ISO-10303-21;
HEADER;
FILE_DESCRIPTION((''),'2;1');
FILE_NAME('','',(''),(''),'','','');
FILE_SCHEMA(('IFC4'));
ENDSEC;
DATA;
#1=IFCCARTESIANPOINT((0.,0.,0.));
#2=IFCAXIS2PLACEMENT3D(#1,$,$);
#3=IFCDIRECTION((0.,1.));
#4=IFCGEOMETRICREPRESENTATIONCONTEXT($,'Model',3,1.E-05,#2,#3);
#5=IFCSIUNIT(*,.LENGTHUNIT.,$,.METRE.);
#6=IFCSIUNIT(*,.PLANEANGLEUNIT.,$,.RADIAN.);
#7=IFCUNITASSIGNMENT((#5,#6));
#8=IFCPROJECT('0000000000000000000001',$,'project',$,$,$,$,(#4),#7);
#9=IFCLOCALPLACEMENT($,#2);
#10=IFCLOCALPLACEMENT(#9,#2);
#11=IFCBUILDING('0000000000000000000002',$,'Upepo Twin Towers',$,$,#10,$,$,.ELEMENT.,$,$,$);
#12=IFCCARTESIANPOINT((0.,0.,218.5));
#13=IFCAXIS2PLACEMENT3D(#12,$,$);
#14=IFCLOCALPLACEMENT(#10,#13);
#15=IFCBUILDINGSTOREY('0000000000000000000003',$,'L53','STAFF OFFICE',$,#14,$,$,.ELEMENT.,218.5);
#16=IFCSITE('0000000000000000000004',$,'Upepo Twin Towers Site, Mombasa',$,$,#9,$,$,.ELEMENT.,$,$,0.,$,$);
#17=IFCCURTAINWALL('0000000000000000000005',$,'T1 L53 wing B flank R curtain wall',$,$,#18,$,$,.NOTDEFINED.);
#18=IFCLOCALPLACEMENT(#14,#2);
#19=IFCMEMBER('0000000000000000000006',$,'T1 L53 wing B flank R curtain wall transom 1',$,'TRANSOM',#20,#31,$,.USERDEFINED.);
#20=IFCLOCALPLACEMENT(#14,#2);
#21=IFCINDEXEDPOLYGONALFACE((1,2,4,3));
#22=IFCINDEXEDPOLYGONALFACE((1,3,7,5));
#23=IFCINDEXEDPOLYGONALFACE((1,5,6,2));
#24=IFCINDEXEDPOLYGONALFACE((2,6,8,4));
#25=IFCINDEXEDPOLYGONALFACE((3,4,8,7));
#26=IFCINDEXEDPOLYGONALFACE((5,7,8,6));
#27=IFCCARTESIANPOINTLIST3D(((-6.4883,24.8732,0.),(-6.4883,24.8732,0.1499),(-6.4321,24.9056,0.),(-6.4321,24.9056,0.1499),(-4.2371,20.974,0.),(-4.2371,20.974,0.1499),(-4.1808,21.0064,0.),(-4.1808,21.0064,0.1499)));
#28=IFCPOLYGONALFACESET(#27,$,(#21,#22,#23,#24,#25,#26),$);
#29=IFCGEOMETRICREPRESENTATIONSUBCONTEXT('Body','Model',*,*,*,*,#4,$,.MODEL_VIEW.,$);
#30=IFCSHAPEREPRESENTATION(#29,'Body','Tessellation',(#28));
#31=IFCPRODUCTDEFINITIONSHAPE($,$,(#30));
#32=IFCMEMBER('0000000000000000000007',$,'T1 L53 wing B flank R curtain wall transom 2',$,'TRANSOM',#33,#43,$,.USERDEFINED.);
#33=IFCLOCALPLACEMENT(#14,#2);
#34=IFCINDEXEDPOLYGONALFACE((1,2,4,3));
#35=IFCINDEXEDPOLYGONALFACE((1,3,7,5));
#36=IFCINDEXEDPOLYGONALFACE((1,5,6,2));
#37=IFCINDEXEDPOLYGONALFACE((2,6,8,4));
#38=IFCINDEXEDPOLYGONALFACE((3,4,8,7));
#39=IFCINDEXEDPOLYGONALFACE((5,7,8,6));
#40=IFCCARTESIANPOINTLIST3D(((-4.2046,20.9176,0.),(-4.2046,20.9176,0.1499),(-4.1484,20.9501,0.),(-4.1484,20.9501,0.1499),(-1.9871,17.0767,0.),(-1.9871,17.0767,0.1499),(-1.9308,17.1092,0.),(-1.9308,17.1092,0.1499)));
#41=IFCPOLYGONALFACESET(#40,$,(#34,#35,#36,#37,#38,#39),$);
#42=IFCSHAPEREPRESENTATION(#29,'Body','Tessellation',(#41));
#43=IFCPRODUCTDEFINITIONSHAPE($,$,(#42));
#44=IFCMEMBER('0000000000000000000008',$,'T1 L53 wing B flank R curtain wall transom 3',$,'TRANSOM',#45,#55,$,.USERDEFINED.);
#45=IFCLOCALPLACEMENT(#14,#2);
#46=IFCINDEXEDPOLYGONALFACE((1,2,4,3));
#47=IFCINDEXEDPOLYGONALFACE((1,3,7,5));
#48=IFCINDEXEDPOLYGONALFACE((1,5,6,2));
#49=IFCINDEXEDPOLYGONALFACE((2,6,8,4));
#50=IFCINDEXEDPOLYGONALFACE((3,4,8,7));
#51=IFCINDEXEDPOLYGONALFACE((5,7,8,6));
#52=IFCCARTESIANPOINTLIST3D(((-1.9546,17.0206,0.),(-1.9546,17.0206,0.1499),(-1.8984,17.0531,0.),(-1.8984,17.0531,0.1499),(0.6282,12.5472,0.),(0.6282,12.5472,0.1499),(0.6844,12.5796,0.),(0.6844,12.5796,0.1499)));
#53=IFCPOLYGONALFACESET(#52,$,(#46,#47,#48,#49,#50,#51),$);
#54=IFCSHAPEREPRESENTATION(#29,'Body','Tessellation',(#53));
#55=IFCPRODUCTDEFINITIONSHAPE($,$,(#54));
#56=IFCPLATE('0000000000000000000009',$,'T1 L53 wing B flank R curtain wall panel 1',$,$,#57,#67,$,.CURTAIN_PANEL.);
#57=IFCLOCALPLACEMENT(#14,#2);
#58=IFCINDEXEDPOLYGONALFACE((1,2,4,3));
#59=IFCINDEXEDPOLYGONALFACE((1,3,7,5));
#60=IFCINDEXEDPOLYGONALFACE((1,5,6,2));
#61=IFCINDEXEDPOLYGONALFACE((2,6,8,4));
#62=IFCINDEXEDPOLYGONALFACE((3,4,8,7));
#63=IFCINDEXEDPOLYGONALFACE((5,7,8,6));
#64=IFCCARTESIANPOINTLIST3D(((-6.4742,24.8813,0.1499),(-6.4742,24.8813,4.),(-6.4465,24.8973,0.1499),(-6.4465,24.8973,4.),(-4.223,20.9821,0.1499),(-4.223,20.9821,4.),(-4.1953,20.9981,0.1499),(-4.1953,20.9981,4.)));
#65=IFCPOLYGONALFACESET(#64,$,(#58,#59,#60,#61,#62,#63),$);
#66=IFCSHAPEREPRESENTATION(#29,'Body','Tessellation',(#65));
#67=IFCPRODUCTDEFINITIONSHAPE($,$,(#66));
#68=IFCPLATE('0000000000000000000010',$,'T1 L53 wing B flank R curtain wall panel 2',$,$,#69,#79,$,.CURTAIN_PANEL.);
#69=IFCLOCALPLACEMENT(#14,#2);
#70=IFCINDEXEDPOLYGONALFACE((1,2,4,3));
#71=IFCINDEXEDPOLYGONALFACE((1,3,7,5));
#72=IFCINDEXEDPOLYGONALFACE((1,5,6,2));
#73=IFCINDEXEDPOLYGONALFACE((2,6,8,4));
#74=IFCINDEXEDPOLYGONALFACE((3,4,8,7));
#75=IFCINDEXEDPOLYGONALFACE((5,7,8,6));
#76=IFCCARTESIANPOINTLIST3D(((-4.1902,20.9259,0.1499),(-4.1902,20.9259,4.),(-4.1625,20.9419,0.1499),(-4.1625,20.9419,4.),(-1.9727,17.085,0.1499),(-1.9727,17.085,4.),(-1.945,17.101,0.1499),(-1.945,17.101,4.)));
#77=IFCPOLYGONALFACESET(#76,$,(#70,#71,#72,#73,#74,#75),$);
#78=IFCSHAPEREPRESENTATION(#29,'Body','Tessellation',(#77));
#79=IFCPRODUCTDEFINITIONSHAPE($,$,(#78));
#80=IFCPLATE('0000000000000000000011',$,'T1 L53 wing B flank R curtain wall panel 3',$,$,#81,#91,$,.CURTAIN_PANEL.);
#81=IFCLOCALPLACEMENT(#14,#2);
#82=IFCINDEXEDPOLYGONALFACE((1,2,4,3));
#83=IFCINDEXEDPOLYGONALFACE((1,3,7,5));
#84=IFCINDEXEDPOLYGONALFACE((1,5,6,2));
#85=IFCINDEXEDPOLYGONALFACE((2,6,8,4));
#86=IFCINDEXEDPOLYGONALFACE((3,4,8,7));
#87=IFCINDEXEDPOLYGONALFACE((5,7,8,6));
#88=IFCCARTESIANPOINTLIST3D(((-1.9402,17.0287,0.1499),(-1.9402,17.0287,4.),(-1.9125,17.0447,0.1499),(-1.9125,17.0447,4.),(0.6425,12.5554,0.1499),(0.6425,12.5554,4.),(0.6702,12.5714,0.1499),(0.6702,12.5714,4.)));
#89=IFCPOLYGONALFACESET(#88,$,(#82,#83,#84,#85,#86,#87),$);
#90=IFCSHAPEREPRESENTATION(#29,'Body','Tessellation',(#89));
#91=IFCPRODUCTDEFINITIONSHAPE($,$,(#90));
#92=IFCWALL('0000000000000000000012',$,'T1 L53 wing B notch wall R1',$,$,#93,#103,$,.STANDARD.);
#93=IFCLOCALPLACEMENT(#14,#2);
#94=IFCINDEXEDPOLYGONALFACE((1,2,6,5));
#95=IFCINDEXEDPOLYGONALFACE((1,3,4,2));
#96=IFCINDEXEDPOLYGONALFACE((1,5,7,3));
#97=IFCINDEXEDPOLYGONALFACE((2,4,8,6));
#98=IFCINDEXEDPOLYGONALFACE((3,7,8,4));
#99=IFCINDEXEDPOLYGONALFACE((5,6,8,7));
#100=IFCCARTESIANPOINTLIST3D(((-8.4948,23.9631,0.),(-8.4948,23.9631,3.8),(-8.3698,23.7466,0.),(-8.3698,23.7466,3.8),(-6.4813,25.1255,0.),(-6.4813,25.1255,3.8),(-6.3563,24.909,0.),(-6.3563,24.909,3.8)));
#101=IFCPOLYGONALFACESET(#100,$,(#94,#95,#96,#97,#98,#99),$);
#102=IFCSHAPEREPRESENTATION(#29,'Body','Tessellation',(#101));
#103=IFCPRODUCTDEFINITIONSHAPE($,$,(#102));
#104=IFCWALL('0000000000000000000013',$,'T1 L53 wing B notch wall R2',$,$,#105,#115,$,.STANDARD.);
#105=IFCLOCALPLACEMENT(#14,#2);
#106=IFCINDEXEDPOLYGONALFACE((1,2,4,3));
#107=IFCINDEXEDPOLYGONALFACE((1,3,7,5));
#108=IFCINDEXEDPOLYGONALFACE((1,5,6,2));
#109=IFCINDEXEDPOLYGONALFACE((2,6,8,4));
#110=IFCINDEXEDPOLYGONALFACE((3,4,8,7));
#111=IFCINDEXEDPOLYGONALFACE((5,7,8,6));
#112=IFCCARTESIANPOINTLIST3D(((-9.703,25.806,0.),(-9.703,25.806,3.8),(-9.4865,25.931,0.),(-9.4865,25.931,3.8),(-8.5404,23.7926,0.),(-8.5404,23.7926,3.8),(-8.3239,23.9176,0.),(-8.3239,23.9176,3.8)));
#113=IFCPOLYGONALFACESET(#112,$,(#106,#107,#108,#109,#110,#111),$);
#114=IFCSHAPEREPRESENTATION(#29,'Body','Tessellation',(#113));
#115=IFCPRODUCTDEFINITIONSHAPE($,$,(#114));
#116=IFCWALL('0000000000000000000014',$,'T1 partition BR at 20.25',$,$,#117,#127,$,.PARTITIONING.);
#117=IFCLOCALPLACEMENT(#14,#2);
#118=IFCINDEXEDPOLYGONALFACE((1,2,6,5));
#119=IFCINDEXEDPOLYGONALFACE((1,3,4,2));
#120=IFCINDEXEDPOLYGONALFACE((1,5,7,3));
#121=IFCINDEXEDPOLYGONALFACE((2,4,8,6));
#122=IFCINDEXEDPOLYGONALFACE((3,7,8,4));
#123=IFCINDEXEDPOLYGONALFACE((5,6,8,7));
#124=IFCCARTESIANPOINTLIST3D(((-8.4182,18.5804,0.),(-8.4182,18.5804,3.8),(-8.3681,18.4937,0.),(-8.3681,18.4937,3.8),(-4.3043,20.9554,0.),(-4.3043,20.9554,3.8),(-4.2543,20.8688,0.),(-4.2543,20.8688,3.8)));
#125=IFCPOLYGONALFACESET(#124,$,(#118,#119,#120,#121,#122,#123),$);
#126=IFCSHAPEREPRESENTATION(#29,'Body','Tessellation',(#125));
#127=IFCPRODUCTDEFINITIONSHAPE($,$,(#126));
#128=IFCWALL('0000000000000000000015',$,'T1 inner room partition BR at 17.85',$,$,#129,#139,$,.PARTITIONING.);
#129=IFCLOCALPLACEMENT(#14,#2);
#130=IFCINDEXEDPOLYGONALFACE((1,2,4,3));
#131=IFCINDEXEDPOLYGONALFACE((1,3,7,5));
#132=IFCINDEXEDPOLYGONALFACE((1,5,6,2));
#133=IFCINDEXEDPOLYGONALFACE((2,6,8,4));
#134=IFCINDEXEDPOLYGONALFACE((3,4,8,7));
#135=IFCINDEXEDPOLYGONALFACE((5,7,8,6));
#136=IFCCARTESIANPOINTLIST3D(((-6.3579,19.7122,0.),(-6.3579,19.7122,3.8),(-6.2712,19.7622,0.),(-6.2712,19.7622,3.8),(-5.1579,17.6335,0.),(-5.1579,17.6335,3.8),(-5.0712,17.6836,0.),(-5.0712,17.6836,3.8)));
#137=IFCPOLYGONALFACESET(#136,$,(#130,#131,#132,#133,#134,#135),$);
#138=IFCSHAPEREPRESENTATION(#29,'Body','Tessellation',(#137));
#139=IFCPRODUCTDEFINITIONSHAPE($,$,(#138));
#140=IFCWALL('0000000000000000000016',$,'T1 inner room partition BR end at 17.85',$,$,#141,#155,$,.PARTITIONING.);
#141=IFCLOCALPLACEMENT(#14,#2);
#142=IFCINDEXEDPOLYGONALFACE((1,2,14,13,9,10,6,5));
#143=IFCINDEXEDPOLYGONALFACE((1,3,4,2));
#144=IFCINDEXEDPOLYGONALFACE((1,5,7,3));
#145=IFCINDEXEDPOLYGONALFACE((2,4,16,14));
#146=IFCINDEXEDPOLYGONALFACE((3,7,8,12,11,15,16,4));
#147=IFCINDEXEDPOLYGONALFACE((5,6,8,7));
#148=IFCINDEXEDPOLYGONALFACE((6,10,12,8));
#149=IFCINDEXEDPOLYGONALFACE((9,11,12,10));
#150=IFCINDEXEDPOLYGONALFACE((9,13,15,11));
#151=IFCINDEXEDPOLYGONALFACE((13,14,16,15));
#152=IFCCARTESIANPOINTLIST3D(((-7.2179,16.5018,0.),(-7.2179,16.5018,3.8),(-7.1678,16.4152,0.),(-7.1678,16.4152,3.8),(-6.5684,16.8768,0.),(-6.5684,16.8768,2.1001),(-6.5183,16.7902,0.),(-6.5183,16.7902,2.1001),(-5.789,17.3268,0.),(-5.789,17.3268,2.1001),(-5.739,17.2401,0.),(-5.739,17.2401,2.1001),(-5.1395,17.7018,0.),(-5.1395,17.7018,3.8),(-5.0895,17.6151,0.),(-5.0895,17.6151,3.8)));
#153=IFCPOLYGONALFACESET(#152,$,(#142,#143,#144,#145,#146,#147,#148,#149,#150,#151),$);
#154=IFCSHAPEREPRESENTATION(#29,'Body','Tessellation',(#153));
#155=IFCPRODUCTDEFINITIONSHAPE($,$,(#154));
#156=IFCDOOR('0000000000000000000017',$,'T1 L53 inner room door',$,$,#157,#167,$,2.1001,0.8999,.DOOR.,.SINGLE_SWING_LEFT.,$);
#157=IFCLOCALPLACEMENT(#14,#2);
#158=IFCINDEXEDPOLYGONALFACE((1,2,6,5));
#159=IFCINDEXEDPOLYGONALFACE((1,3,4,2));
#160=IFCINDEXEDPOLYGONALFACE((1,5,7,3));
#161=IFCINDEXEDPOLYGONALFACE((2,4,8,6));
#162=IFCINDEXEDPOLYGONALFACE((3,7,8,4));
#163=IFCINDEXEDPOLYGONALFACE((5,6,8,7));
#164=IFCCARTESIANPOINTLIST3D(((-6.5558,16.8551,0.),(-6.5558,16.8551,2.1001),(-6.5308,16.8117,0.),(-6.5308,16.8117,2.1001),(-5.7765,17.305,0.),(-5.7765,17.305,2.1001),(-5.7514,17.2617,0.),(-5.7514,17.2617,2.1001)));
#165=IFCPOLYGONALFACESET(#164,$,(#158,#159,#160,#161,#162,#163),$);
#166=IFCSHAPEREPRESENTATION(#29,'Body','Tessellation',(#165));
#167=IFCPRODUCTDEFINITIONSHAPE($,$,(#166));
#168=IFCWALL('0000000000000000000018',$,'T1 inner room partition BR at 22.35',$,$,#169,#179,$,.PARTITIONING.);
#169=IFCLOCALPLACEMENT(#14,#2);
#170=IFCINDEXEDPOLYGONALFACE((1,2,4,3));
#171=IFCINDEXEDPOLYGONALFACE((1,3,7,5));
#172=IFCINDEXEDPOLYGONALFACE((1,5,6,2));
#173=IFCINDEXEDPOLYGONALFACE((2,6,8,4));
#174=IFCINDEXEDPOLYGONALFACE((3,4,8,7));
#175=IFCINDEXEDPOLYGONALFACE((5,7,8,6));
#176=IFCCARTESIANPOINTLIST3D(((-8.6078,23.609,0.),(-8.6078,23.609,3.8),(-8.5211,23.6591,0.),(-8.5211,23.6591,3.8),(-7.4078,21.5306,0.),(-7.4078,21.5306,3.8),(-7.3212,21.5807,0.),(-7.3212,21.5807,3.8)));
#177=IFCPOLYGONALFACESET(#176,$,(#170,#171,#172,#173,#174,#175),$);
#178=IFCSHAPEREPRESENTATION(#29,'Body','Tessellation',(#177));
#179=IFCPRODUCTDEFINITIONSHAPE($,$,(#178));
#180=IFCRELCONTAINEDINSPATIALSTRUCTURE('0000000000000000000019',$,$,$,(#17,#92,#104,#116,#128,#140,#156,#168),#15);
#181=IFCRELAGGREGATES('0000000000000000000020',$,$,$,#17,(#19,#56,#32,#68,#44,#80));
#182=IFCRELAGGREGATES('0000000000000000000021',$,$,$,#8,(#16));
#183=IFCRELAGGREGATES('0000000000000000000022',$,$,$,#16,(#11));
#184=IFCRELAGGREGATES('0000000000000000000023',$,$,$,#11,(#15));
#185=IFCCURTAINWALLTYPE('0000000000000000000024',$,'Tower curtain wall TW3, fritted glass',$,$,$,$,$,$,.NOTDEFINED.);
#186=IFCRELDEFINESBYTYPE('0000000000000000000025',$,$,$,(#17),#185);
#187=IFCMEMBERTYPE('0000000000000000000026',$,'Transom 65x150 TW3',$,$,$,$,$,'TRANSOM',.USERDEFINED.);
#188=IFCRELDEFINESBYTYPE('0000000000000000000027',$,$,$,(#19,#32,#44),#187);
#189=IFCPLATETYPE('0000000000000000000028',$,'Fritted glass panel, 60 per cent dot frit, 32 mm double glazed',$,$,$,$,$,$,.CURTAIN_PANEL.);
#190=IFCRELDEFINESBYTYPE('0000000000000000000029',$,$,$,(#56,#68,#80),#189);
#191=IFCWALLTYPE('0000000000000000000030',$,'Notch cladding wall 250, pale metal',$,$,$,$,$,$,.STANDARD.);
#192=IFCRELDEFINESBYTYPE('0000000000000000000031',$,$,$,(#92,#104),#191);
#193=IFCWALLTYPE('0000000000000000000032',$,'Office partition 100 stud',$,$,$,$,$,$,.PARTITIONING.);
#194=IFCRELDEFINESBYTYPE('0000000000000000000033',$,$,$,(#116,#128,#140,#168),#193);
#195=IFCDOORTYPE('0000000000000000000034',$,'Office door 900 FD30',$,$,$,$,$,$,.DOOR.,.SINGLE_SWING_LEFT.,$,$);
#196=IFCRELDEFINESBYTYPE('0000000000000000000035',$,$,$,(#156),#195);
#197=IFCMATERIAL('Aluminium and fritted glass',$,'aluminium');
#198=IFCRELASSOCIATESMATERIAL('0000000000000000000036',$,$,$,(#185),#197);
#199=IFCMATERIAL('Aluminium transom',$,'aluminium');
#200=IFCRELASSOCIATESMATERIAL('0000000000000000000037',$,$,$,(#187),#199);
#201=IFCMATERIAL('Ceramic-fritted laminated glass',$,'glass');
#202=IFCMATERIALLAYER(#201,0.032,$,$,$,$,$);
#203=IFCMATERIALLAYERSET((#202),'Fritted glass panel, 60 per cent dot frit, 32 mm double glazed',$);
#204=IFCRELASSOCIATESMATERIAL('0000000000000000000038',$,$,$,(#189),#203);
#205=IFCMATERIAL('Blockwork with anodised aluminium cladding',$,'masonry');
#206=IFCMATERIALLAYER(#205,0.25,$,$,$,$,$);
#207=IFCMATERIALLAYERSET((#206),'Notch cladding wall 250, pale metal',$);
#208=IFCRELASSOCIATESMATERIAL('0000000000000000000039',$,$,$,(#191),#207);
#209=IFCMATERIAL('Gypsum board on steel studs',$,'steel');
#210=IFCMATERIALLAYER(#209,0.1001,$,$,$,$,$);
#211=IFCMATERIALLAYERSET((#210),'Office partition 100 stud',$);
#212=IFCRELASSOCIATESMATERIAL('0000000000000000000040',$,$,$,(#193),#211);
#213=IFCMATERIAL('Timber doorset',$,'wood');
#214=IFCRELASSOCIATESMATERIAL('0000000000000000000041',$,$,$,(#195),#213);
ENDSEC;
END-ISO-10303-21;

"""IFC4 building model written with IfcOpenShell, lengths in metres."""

from ifc_helpers import new_model, si_unit, direction, frame, frame_2d, origin, origin_2d, place, context, subcontext, project, spatial, rectangle, extrude, material, layer, layer_set, material_profile, profile_set, type_object, element, fill, aggregate, save


model = new_model("IFC4")

# Units and contexts
model_context = context("Model", 3, precision=1e-05, world=origin(), true_north=direction((0.0, 1.0)))
body_context = subcontext(model_context, "Body", "Model", "MODEL_VIEW")
ifc_project = project(units=[si_unit("LENGTHUNIT", "METRE"), si_unit("PLANEANGLEUNIT", "RADIAN")], contexts=[model_context])

# Site, building, storey
site_placement = place(None, origin())
site = spatial("IfcSite", under=ifc_project, at=site_placement, Name="Upepo Twin Towers Site, Mombasa", CompositionType="ELEMENT", RefElevation=0.0)
building_placement = place(site_placement, origin())
building = spatial("IfcBuilding", under=site, at=building_placement, Name="Upepo Twin Towers", CompositionType="ELEMENT")
storey_placement = place(building_placement, frame((0.0, 0.0, 218.5)))
storey = spatial("IfcBuildingStorey", under=building, at=storey_placement, Name="L53", Description="STAFF OFFICE", CompositionType="ELEMENT", Elevation=218.5)

# Curtain wall
ifc_material_1 = material(Name="Aluminium and fritted glass", Category="aluminium")
curtain_wall_type = type_object("IfcCurtainWallType", Name="Tower curtain wall TW3, fritted glass", PredefinedType="NOTDEFINED", material=ifc_material_1)
curtain_wall_1_placement = place(storey_placement, origin())
curtain_wall_1 = element("IfcCurtainWall", 1, at=curtain_wall_1_placement, inside=storey, type_object=curtain_wall_type, Name="T1 L53 wing B flank R curtain wall", PredefinedType="NOTDEFINED")

# Members
ifc_material_2 = material(Name="Aluminium transom", Category="aluminium")
ifc_material_profile_1 = material_profile(ifc_material_2, rectangle(XDim=0.0649, YDim=0.1499, at=origin_2d()), Name="TRANSOM 65x150")
ifc_profile_set_1 = profile_set([ifc_material_profile_1], Name="Aluminium transom")
member_type_1 = type_object("IfcMemberType", Name="Transom 65x150 TW3", ElementType="TRANSOM", PredefinedType="USERDEFINED", material=ifc_profile_set_1)
member_1_placement = place(storey_placement, frame((-6.4602, 24.8894, 0.075), z_axis=(0.500006, -0.866022, 0.0), x_axis=(0.866022, 0.500006, 0.0)))
member_1 = element("IfcMember", 2, at=member_1_placement, type_object=member_type_1, Name="T1 L53 wing B flank R curtain wall transom 1", ObjectType="TRANSOM", PredefinedType="USERDEFINED", context=body_context, shape_type="SweptSolid", body=[
    extrude(rectangle(XDim=0.0649, YDim=0.1499, at=origin_2d()), origin(), (0.0, 0.0, 1.0), 4.5024),
])
member_2_placement = place(storey_placement, frame((-4.1765, 20.9338, 0.075), z_axis=(0.500005, -0.866022, 0.0), x_axis=(0.866022, 0.500005, 0.0)))
member_2 = element("IfcMember", 3, at=member_2_placement, type_object=member_type_1, Name="T1 L53 wing B flank R curtain wall transom 2", ObjectType="TRANSOM", PredefinedType="USERDEFINED", context=body_context, shape_type="SweptSolid", body=[
    extrude(rectangle(XDim=0.0649, YDim=0.1499, at=origin_2d()), origin(), (0.0, 0.0, 1.0), 4.4351),
])
member_3_placement = place(storey_placement, frame((-1.9265, 17.0369, 0.075), z_axis=(0.500007, -0.866021, 0.0), x_axis=(0.866021, 0.500007, 0.0)))
member_3 = element("IfcMember", 4, at=member_3_placement, type_object=member_type_1, Name="T1 L53 wing B flank R curtain wall transom 3", ObjectType="TRANSOM", PredefinedType="USERDEFINED", context=body_context, shape_type="SweptSolid", body=[
    extrude(rectangle(XDim=0.0649, YDim=0.1499, at=origin_2d()), origin(), (0.0, 0.0, 1.0), 5.1655),
])

# Plates
ifc_material_3 = material(Name="Ceramic-fritted laminated glass", Category="glass")
ifc_layer_1 = layer(ifc_material_3, 0.032)
ifc_layer_set_1 = layer_set([ifc_layer_1], Name="Fritted glass panel, 60 per cent dot frit, 32 mm double glazed")
plate_type = type_object("IfcPlateType", Name="Fritted glass panel, 60 per cent dot frit, 32 mm double glazed", PredefinedType="CURTAIN_PANEL", material=ifc_layer_set_1)
plate_1_placement = place(storey_placement, frame((-5.3347, 22.9397, 0.1499), z_axis=(0.0, 0.0, 1.0), x_axis=(0.5, -0.866025, 0.0)))
plate_1 = element("IfcPlate", 5, at=plate_1_placement, type_object=plate_type, Name="T1 L53 wing B flank R curtain wall panel 1", PredefinedType="CURTAIN_PANEL", context=body_context, shape_type="SweptSolid", body=[
    extrude(rectangle(XDim=4.5024, YDim=0.032, at=origin_2d()), origin(), (0.0, 0.0, 1.0), 3.8501),
])
plate_2_placement = place(storey_placement, frame((-3.0676, 19.0134, 0.1499), z_axis=(0.0, 0.0, 1.0), x_axis=(0.5, -0.866025, 0.0)))
plate_2 = element("IfcPlate", 6, at=plate_2_placement, type_object=plate_type, Name="T1 L53 wing B flank R curtain wall panel 2", PredefinedType="CURTAIN_PANEL", context=body_context, shape_type="SweptSolid", body=[
    extrude(rectangle(XDim=4.4351, YDim=0.032, at=origin_2d()), origin(), (0.0, 0.0, 1.0), 3.8501),
])
plate_3_placement = place(storey_placement, frame((-0.635, 14.8, 0.1499), z_axis=(0.0, 0.0, 1.0), x_axis=(0.5, -0.866025, 0.0)))
plate_3 = element("IfcPlate", 7, at=plate_3_placement, type_object=plate_type, Name="T1 L53 wing B flank R curtain wall panel 3", PredefinedType="CURTAIN_PANEL", context=body_context, shape_type="SweptSolid", body=[
    extrude(rectangle(XDim=5.1653, YDim=0.032, at=origin_2d()), origin(), (0.0, 0.0, 1.0), 3.8501),
])
aggregate(curtain_wall_1, [member_1, plate_1, member_2, plate_2, member_3, plate_3])

# Walls
ifc_material_4 = material(Name="Blockwork with anodised aluminium cladding", Category="masonry")
ifc_layer_2 = layer(ifc_material_4, 0.25)
ifc_layer_set_2 = layer_set([ifc_layer_2], Name="Notch cladding wall 250, pale metal")
wall_type_1 = type_object("IfcWallType", Name="Notch cladding wall 250, pale metal", PredefinedType="STANDARD", material=ifc_layer_set_2)
for number, where, z_axis, x_axis, name in (
    (8, (-6.4187, 25.0173, 0.0), (0.0, 0.0, 1.0), (-0.866044, -0.499968, 0.0), "T1 L53 wing B notch wall R1"),
    (9, (-8.4321, 23.855, 0.0), (0.0, 0.0, 1.0), (-0.500047, 0.865998, 0.0), "T1 L53 wing B notch wall R2"),
):
    element("IfcWall", number, at=place(storey_placement, frame(where, z_axis=z_axis, x_axis=x_axis)), inside=storey, type_object=wall_type_1, Name=name, PredefinedType="STANDARD", context=body_context, shape_type="SweptSolid", body=[
        extrude(rectangle(XDim=2.325, YDim=0.25, at=frame_2d((1.1626, 0.0))), origin(), (0.0, 0.0, 1.0), 3.8),
    ])
ifc_material_5 = material(Name="Gypsum board on steel studs", Category="steel")
ifc_layer_3 = layer(ifc_material_5, 0.1001)
ifc_layer_set_3 = layer_set([ifc_layer_3], Name="Office partition 100 stud")
wall_type_2 = type_object("IfcWallType", Name="Office partition 100 stud", PredefinedType="PARTITIONING", material=ifc_layer_set_3)
wall_1_placement = place(storey_placement, frame((-8.3931, 18.5371, 0.0), z_axis=(0.0, 0.0, 1.0), x_axis=(0.866033, 0.499986, 0.0)))
element("IfcWall", 10, at=wall_1_placement, inside=storey, type_object=wall_type_2, Name="T1 partition BR at 20.25", PredefinedType="PARTITIONING", context=body_context, shape_type="SweptSolid", body=[
    extrude(rectangle(XDim=4.7502, YDim=0.1001, at=frame_2d((2.375, 0.0))), origin(), (0.0, 0.0, 1.0), 3.8),
])
wall_2_placement = place(storey_placement, frame((-5.1145, 17.6584, 0.0), z_axis=(0.0, 0.0, 1.0), x_axis=(-0.499957, 0.86605, 0.0)))
element("IfcWall", 11, at=wall_2_placement, inside=storey, type_object=wall_type_2, Name="T1 inner room partition BR at 17.85", PredefinedType="PARTITIONING", context=body_context, shape_type="SweptSolid", body=[
    extrude(rectangle(XDim=2.4001, YDim=0.1001, at=frame_2d((1.2002, 0.0))), origin(), (0.0, 0.0, 1.0), 3.8),
])

# Wall, opening, door
wall_3_placement = place(storey_placement, frame((-7.1929, 16.4585, 0.0), z_axis=(0.0, 0.0, 1.0), x_axis=(0.866025, 0.500001, 0.0)))
wall_3 = element("IfcWall", 12, at=wall_3_placement, inside=storey, type_object=wall_type_2, Name="T1 inner room partition BR end at 17.85", PredefinedType="PARTITIONING", context=body_context, shape_type="SweptSolid", body=[
    extrude(rectangle(XDim=2.3999, YDim=0.1001, at=frame_2d((1.2, 0.0))), origin(), (0.0, 0.0, 1.0), 3.8),
])
opening_1_placement = place(wall_3_placement, frame((0.75, 0.0, 0.0)))
opening_1 = element("IfcOpeningElement", 13, at=opening_1_placement, cuts=wall_3, PredefinedType="OPENING", context=body_context, shape_type="SweptSolid", body=[
    extrude(rectangle(XDim=0.8999, YDim=2.1001, at=frame_2d((0.45, 1.05))), frame((0.0, 0.0601, 0.0), z_axis=(0.0, -1.0, 0.0), x_axis=(1.0, 0.0, 0.0)), (0.0, 0.0, 1.0), 0.1201),
])
ifc_material_6 = material(Name="Timber doorset", Category="wood")
door_type = type_object("IfcDoorType", Name="Office door 900 FD30", OperationType="SINGLE_SWING_LEFT", PredefinedType="DOOR", material=ifc_material_6)
door_1_placement = place(opening_1_placement, origin())
door_1 = element("IfcDoor", 14, at=door_1_placement, inside=storey, type_object=door_type, Name="T1 L53 inner room door", OperationType="SINGLE_SWING_LEFT", OverallHeight=2.1001, OverallWidth=0.8999, PredefinedType="DOOR", context=body_context, shape_type="SweptSolid", body=[
    extrude(rectangle(XDim=0.8999, YDim=2.1001, at=frame_2d((0.45, 1.05))), frame((0.0, 0.0249, 0.0), z_axis=(0.0, -1.0, 0.0), x_axis=(1.0, 0.0, 0.0)), (0.0, 0.0, 1.0), 0.05),
])
fill(opening_1, door_1)

# Wall
wall_4_placement = place(storey_placement, frame((-7.3645, 21.5557, 0.0), z_axis=(0.0, 0.0, 1.0), x_axis=(-0.500001, 0.866025, 0.0)))
element("IfcWall", 15, at=wall_4_placement, inside=storey, type_object=wall_type_2, Name="T1 inner room partition BR at 22.35", PredefinedType="PARTITIONING", context=body_context, shape_type="SweptSolid", body=[
    extrude(rectangle(XDim=2.3999, YDim=0.1001, at=frame_2d((1.2, 0.0))), origin(), (0.0, 0.0, 1.0), 3.8),
])

save(model, "model.ifc")
